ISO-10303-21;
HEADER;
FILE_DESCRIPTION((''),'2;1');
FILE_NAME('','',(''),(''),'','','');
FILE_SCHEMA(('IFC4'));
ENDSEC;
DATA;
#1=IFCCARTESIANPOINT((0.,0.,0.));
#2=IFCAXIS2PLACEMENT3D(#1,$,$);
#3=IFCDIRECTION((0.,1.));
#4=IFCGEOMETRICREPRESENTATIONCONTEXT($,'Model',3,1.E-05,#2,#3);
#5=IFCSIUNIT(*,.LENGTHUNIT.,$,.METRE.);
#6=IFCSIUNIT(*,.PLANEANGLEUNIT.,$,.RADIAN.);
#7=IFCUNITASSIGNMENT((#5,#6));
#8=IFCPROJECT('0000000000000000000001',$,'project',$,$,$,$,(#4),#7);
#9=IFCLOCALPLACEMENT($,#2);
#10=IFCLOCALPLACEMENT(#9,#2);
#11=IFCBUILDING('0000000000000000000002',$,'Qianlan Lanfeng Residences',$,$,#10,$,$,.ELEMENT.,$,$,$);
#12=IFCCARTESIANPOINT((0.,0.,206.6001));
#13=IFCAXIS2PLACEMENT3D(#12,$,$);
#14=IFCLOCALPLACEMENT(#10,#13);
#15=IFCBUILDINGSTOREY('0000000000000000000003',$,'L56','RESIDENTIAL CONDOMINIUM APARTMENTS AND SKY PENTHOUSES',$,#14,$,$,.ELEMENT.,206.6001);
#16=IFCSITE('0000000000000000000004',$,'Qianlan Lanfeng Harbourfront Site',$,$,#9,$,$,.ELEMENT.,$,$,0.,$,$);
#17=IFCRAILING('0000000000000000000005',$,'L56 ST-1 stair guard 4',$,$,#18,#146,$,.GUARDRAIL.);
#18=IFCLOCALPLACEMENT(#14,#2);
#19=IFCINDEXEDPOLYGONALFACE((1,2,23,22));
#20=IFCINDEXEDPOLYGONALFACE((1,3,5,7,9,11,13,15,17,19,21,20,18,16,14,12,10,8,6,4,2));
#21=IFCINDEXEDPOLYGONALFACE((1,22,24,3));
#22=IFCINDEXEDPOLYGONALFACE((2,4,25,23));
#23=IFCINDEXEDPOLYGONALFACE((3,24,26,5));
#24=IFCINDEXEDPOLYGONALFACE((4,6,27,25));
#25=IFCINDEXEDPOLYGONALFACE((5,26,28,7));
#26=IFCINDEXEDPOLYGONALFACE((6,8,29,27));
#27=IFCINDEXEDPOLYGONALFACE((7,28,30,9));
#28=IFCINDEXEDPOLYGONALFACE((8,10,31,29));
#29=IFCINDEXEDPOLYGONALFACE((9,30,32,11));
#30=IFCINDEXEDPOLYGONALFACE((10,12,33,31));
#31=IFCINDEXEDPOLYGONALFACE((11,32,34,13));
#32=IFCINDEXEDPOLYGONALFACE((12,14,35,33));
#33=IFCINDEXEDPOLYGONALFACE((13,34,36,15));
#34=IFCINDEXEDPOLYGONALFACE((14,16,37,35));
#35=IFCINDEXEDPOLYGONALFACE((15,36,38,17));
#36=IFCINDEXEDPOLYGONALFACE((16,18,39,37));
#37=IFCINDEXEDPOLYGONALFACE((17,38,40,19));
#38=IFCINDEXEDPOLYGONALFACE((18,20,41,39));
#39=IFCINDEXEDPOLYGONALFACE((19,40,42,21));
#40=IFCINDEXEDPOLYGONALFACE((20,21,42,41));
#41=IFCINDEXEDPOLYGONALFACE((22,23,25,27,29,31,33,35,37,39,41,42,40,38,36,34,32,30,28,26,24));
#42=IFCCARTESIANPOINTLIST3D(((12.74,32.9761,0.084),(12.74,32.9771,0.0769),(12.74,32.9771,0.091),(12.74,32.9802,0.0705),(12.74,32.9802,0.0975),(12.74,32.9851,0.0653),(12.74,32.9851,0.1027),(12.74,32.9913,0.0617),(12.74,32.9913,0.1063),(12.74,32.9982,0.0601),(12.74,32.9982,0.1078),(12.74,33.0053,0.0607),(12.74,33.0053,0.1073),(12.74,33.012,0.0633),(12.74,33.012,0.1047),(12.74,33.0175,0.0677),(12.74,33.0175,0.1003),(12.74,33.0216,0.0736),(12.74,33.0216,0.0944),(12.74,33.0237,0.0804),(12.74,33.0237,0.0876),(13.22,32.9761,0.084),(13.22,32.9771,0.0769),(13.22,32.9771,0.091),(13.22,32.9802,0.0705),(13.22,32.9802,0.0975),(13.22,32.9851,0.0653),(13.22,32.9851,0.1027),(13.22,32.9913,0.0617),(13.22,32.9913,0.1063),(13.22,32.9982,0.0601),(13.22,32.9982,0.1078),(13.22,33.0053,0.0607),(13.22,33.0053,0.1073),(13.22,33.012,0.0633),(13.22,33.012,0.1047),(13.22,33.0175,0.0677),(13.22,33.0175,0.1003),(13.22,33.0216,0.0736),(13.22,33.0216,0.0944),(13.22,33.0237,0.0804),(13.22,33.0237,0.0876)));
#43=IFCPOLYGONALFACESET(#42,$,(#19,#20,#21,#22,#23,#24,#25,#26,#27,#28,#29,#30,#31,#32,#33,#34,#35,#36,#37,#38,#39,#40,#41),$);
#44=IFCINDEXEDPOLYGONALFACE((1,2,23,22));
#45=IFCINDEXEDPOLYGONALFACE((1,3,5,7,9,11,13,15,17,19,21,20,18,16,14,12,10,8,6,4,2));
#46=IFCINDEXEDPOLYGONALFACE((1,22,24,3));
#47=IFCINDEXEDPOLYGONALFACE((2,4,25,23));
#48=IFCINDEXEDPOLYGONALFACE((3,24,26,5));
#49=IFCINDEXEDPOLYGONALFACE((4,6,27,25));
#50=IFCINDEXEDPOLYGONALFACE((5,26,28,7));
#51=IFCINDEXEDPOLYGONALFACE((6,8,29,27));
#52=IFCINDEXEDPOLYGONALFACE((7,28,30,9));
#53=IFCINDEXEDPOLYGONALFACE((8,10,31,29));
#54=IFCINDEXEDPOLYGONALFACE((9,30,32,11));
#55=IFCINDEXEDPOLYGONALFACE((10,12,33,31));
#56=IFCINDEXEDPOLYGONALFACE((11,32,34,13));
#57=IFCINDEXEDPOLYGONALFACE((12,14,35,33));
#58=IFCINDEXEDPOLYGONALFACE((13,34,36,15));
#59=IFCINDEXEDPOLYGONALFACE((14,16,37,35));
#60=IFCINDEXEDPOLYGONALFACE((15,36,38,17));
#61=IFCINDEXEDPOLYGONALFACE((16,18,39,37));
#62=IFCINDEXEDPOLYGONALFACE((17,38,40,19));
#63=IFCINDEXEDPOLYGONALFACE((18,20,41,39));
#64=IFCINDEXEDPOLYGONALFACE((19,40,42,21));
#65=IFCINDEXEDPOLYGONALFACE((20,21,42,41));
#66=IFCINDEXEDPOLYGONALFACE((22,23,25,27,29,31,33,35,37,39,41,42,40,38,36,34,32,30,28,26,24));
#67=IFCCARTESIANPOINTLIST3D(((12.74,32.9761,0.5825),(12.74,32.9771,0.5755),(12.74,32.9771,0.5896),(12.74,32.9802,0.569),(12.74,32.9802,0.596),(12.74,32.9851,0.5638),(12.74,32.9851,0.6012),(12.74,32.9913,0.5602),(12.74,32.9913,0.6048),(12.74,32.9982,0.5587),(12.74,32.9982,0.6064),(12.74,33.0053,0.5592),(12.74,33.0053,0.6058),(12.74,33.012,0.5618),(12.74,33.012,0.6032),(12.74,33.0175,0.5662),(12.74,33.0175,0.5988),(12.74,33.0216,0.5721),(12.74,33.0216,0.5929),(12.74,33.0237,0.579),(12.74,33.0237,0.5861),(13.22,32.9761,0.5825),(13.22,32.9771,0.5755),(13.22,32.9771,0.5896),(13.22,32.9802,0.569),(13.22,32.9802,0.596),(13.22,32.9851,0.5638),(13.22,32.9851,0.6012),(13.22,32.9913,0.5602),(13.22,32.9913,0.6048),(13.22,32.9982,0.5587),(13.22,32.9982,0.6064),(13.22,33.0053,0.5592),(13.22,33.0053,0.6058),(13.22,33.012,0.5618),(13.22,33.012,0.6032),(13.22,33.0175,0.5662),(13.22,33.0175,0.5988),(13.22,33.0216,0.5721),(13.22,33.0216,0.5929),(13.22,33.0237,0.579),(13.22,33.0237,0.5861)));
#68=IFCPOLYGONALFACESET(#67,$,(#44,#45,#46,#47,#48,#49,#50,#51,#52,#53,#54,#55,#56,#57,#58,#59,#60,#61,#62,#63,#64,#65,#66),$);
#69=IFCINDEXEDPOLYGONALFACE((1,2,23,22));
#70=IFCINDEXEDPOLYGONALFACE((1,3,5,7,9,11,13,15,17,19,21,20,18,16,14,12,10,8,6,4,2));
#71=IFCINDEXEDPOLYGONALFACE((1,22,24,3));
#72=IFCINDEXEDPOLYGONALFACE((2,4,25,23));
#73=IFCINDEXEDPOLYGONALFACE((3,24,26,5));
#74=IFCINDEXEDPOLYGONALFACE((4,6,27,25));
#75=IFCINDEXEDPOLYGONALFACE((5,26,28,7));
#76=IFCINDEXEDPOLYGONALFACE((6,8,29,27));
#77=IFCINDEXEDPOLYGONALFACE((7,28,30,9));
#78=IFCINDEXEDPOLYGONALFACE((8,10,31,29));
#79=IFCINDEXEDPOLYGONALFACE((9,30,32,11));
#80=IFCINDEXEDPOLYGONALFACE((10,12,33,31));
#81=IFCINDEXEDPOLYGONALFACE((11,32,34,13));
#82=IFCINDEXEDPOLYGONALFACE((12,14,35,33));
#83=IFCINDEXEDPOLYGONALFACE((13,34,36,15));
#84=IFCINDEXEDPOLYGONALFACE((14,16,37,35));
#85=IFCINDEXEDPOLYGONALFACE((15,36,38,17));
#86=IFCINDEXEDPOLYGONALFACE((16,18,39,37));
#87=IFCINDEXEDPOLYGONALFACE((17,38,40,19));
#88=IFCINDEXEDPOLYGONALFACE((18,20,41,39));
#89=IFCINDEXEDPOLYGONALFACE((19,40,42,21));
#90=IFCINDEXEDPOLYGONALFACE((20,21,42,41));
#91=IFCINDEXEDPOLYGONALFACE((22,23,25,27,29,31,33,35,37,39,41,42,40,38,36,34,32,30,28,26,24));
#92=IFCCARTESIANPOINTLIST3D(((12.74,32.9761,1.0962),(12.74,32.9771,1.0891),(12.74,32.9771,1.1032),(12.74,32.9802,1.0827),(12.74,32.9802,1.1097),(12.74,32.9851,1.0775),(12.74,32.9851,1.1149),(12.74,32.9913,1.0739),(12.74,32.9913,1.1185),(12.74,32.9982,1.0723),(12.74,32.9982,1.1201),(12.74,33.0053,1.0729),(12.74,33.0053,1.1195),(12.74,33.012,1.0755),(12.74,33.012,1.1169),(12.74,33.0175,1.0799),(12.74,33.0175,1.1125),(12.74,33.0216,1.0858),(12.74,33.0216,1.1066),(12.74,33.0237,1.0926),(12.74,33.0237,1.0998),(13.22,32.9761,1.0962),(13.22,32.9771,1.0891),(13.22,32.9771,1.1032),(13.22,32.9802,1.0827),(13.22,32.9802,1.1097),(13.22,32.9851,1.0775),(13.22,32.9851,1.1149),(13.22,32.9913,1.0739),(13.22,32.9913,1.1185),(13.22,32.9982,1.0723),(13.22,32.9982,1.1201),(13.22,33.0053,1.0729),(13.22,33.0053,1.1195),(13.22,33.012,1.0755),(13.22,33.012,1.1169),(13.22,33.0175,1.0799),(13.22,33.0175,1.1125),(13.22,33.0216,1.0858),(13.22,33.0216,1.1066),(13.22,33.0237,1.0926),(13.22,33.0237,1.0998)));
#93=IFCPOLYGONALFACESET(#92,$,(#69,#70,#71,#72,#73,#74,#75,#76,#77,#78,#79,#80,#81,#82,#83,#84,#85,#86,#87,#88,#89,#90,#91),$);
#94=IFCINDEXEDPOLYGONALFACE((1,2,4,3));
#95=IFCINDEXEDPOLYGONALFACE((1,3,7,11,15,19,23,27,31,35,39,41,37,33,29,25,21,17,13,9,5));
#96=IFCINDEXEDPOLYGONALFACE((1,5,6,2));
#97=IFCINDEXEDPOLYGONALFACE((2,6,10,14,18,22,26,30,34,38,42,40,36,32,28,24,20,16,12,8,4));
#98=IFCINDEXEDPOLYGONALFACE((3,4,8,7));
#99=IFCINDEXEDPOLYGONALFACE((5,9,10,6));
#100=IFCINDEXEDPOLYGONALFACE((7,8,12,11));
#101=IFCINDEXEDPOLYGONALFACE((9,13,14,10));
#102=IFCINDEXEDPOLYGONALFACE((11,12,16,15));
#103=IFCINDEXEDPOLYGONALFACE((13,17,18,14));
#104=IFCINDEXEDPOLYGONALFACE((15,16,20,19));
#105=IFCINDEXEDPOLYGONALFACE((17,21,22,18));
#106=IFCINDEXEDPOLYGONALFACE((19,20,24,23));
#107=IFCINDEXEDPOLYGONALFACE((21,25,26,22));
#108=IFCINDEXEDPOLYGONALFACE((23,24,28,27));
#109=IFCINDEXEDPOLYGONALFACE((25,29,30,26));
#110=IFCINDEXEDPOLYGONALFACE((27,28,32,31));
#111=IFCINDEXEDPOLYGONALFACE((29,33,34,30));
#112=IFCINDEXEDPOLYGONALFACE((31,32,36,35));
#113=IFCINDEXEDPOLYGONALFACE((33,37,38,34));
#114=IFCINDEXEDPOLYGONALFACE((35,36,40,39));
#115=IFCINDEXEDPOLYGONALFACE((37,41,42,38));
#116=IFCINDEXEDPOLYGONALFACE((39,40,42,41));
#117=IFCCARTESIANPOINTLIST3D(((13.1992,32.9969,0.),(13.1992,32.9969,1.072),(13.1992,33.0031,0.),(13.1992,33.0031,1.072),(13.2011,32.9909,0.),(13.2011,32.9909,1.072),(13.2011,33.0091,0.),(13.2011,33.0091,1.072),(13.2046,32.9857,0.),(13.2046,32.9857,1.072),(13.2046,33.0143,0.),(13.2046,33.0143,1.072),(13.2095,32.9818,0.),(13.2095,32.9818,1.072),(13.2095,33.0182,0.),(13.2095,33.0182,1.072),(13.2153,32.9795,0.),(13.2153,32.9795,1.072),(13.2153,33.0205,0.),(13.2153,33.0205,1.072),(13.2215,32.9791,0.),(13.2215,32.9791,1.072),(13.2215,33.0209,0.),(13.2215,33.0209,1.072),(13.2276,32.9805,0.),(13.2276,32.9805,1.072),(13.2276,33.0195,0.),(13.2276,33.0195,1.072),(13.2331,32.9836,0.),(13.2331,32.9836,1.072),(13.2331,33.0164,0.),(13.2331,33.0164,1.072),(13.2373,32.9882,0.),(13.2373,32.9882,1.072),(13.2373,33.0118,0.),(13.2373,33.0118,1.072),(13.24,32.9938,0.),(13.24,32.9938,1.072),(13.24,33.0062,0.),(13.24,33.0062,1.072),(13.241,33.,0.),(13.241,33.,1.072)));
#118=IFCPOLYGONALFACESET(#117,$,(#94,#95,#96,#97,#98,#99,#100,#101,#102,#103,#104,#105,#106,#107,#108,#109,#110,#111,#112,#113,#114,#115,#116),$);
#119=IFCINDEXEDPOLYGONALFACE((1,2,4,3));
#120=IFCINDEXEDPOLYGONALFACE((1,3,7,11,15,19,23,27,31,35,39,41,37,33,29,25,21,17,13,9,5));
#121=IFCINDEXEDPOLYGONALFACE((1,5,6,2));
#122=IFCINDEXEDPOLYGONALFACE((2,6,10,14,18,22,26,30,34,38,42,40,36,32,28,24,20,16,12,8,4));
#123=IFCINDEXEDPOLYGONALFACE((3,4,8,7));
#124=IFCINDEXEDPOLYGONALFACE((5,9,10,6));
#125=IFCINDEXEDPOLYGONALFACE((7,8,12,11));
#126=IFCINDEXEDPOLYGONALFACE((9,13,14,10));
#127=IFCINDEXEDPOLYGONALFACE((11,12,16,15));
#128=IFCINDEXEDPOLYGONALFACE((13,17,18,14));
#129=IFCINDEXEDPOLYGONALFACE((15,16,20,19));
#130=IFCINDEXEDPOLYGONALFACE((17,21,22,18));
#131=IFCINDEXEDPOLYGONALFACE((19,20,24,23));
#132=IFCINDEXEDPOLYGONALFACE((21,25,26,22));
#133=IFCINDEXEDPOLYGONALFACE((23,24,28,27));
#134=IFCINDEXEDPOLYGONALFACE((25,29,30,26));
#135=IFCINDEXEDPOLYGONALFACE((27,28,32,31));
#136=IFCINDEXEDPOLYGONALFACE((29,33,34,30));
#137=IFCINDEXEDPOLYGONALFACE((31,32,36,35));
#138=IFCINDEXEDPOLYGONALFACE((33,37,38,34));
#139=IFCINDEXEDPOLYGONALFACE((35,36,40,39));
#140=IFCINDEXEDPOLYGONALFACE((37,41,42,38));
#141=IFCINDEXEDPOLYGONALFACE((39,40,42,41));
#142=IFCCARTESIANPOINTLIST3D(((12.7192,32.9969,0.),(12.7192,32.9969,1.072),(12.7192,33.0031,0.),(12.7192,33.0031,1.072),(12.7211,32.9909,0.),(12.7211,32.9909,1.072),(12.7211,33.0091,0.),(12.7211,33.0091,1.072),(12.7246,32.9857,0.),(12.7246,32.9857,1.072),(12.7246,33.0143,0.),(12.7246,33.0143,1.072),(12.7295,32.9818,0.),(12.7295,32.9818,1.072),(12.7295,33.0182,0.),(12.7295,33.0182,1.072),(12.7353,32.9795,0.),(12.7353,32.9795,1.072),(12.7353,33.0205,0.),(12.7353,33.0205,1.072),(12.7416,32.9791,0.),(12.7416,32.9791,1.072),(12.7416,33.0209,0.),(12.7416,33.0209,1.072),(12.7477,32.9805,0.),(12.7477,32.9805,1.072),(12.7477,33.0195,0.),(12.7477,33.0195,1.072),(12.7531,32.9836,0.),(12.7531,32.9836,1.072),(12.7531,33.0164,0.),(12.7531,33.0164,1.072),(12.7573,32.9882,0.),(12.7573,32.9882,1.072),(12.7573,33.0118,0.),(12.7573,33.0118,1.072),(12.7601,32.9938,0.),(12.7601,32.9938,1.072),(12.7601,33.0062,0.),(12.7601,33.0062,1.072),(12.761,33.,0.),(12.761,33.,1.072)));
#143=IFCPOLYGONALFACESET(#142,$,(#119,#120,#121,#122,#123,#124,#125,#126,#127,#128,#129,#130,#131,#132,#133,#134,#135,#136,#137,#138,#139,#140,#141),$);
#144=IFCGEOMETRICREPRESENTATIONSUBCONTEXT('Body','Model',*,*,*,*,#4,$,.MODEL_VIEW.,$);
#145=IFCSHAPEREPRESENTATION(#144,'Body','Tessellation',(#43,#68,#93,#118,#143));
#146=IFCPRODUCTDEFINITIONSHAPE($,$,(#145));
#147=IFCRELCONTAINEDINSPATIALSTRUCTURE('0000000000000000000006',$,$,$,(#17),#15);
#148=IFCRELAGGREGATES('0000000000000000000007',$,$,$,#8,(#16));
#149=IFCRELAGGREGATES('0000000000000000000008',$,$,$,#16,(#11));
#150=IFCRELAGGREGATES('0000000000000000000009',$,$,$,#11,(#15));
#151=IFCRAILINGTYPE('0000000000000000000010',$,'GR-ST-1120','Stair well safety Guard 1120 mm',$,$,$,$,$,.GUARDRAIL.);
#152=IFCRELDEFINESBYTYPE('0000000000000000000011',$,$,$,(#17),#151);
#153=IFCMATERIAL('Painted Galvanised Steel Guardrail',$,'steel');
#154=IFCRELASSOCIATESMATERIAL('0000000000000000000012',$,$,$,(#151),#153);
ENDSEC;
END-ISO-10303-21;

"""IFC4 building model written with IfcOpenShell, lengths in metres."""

from ifc_helpers import new_model, si_unit, direction, frame, origin, origin_2d, place, context, subcontext, project, spatial, circle, extrude, material, type_object, element, save


model = new_model("IFC4")

# Units and contexts
model_context = context("Model", 3, precision=1e-05, world=origin(), true_north=direction((0.0, 1.0)))
body_context = subcontext(model_context, "Body", "Model", "MODEL_VIEW")
ifc_project = project(units=[si_unit("LENGTHUNIT", "METRE"), si_unit("PLANEANGLEUNIT", "RADIAN")], contexts=[model_context])

# Site, building, storey
site_placement = place(None, origin())
site = spatial("IfcSite", under=ifc_project, at=site_placement, Name="Qianlan Lanfeng Harbourfront Site", CompositionType="ELEMENT", RefElevation=0.0)
building_placement = place(site_placement, origin())
building = spatial("IfcBuilding", under=site, at=building_placement, Name="Qianlan Lanfeng Residences", CompositionType="ELEMENT")
storey_placement = place(building_placement, frame((0.0, 0.0, 206.6001)))
storey = spatial("IfcBuildingStorey", under=building, at=storey_placement, Name="L56", Description="RESIDENTIAL CONDOMINIUM APARTMENTS AND SKY PENTHOUSES", CompositionType="ELEMENT", Elevation=206.6001)

# Railing
ifc_material_1 = material(Name="Painted Galvanised Steel Guardrail", Category="steel")
railing_type_1 = type_object("IfcRailingType", Name="GR-ST-1120", Description="Stair well safety Guard 1120 mm", PredefinedType="GUARDRAIL", material=ifc_material_1)
railing_1_placement = place(storey_placement, frame((13.22, 33.0, 0.0)))
element("IfcRailing", 1, at=railing_1_placement, inside=storey, type_object=railing_type_1, Name="L56 ST-1 stair guard 4", PredefinedType="GUARDRAIL", context=body_context, shape_type="SweptSolid", body=[
    extrude(circle(Radius=0.0239, at=origin_2d()), frame((0.0, 0.0, 0.084), z_axis=(-1.0, 0.0, 0.0), x_axis=(0.0, -1.0, 0.0)), (0.0, 0.0, 1.0), 0.48),
    extrude(circle(Radius=0.0239, at=origin_2d()), frame((0.0, 0.0, 0.5825), z_axis=(-1.0, 0.0, 0.0), x_axis=(0.0, -1.0, 0.0)), (0.0, 0.0, 1.0), 0.48),
    extrude(circle(Radius=0.0239, at=origin_2d()), frame((0.0, 0.0, 1.0962), z_axis=(-1.0, 0.0, 0.0), x_axis=(0.0, -1.0, 0.0)), (0.0, 0.0, 1.0), 0.48),
    extrude(circle(Radius=0.021, at=origin_2d()), origin(), (0.0, 0.0, 1.0), 1.072),
    extrude(circle(Radius=0.021, at=origin_2d()), frame((-0.48, 0.0, 0.0)), (0.0, 0.0, 1.0), 1.072),
])

save(model, "model.ifc")
